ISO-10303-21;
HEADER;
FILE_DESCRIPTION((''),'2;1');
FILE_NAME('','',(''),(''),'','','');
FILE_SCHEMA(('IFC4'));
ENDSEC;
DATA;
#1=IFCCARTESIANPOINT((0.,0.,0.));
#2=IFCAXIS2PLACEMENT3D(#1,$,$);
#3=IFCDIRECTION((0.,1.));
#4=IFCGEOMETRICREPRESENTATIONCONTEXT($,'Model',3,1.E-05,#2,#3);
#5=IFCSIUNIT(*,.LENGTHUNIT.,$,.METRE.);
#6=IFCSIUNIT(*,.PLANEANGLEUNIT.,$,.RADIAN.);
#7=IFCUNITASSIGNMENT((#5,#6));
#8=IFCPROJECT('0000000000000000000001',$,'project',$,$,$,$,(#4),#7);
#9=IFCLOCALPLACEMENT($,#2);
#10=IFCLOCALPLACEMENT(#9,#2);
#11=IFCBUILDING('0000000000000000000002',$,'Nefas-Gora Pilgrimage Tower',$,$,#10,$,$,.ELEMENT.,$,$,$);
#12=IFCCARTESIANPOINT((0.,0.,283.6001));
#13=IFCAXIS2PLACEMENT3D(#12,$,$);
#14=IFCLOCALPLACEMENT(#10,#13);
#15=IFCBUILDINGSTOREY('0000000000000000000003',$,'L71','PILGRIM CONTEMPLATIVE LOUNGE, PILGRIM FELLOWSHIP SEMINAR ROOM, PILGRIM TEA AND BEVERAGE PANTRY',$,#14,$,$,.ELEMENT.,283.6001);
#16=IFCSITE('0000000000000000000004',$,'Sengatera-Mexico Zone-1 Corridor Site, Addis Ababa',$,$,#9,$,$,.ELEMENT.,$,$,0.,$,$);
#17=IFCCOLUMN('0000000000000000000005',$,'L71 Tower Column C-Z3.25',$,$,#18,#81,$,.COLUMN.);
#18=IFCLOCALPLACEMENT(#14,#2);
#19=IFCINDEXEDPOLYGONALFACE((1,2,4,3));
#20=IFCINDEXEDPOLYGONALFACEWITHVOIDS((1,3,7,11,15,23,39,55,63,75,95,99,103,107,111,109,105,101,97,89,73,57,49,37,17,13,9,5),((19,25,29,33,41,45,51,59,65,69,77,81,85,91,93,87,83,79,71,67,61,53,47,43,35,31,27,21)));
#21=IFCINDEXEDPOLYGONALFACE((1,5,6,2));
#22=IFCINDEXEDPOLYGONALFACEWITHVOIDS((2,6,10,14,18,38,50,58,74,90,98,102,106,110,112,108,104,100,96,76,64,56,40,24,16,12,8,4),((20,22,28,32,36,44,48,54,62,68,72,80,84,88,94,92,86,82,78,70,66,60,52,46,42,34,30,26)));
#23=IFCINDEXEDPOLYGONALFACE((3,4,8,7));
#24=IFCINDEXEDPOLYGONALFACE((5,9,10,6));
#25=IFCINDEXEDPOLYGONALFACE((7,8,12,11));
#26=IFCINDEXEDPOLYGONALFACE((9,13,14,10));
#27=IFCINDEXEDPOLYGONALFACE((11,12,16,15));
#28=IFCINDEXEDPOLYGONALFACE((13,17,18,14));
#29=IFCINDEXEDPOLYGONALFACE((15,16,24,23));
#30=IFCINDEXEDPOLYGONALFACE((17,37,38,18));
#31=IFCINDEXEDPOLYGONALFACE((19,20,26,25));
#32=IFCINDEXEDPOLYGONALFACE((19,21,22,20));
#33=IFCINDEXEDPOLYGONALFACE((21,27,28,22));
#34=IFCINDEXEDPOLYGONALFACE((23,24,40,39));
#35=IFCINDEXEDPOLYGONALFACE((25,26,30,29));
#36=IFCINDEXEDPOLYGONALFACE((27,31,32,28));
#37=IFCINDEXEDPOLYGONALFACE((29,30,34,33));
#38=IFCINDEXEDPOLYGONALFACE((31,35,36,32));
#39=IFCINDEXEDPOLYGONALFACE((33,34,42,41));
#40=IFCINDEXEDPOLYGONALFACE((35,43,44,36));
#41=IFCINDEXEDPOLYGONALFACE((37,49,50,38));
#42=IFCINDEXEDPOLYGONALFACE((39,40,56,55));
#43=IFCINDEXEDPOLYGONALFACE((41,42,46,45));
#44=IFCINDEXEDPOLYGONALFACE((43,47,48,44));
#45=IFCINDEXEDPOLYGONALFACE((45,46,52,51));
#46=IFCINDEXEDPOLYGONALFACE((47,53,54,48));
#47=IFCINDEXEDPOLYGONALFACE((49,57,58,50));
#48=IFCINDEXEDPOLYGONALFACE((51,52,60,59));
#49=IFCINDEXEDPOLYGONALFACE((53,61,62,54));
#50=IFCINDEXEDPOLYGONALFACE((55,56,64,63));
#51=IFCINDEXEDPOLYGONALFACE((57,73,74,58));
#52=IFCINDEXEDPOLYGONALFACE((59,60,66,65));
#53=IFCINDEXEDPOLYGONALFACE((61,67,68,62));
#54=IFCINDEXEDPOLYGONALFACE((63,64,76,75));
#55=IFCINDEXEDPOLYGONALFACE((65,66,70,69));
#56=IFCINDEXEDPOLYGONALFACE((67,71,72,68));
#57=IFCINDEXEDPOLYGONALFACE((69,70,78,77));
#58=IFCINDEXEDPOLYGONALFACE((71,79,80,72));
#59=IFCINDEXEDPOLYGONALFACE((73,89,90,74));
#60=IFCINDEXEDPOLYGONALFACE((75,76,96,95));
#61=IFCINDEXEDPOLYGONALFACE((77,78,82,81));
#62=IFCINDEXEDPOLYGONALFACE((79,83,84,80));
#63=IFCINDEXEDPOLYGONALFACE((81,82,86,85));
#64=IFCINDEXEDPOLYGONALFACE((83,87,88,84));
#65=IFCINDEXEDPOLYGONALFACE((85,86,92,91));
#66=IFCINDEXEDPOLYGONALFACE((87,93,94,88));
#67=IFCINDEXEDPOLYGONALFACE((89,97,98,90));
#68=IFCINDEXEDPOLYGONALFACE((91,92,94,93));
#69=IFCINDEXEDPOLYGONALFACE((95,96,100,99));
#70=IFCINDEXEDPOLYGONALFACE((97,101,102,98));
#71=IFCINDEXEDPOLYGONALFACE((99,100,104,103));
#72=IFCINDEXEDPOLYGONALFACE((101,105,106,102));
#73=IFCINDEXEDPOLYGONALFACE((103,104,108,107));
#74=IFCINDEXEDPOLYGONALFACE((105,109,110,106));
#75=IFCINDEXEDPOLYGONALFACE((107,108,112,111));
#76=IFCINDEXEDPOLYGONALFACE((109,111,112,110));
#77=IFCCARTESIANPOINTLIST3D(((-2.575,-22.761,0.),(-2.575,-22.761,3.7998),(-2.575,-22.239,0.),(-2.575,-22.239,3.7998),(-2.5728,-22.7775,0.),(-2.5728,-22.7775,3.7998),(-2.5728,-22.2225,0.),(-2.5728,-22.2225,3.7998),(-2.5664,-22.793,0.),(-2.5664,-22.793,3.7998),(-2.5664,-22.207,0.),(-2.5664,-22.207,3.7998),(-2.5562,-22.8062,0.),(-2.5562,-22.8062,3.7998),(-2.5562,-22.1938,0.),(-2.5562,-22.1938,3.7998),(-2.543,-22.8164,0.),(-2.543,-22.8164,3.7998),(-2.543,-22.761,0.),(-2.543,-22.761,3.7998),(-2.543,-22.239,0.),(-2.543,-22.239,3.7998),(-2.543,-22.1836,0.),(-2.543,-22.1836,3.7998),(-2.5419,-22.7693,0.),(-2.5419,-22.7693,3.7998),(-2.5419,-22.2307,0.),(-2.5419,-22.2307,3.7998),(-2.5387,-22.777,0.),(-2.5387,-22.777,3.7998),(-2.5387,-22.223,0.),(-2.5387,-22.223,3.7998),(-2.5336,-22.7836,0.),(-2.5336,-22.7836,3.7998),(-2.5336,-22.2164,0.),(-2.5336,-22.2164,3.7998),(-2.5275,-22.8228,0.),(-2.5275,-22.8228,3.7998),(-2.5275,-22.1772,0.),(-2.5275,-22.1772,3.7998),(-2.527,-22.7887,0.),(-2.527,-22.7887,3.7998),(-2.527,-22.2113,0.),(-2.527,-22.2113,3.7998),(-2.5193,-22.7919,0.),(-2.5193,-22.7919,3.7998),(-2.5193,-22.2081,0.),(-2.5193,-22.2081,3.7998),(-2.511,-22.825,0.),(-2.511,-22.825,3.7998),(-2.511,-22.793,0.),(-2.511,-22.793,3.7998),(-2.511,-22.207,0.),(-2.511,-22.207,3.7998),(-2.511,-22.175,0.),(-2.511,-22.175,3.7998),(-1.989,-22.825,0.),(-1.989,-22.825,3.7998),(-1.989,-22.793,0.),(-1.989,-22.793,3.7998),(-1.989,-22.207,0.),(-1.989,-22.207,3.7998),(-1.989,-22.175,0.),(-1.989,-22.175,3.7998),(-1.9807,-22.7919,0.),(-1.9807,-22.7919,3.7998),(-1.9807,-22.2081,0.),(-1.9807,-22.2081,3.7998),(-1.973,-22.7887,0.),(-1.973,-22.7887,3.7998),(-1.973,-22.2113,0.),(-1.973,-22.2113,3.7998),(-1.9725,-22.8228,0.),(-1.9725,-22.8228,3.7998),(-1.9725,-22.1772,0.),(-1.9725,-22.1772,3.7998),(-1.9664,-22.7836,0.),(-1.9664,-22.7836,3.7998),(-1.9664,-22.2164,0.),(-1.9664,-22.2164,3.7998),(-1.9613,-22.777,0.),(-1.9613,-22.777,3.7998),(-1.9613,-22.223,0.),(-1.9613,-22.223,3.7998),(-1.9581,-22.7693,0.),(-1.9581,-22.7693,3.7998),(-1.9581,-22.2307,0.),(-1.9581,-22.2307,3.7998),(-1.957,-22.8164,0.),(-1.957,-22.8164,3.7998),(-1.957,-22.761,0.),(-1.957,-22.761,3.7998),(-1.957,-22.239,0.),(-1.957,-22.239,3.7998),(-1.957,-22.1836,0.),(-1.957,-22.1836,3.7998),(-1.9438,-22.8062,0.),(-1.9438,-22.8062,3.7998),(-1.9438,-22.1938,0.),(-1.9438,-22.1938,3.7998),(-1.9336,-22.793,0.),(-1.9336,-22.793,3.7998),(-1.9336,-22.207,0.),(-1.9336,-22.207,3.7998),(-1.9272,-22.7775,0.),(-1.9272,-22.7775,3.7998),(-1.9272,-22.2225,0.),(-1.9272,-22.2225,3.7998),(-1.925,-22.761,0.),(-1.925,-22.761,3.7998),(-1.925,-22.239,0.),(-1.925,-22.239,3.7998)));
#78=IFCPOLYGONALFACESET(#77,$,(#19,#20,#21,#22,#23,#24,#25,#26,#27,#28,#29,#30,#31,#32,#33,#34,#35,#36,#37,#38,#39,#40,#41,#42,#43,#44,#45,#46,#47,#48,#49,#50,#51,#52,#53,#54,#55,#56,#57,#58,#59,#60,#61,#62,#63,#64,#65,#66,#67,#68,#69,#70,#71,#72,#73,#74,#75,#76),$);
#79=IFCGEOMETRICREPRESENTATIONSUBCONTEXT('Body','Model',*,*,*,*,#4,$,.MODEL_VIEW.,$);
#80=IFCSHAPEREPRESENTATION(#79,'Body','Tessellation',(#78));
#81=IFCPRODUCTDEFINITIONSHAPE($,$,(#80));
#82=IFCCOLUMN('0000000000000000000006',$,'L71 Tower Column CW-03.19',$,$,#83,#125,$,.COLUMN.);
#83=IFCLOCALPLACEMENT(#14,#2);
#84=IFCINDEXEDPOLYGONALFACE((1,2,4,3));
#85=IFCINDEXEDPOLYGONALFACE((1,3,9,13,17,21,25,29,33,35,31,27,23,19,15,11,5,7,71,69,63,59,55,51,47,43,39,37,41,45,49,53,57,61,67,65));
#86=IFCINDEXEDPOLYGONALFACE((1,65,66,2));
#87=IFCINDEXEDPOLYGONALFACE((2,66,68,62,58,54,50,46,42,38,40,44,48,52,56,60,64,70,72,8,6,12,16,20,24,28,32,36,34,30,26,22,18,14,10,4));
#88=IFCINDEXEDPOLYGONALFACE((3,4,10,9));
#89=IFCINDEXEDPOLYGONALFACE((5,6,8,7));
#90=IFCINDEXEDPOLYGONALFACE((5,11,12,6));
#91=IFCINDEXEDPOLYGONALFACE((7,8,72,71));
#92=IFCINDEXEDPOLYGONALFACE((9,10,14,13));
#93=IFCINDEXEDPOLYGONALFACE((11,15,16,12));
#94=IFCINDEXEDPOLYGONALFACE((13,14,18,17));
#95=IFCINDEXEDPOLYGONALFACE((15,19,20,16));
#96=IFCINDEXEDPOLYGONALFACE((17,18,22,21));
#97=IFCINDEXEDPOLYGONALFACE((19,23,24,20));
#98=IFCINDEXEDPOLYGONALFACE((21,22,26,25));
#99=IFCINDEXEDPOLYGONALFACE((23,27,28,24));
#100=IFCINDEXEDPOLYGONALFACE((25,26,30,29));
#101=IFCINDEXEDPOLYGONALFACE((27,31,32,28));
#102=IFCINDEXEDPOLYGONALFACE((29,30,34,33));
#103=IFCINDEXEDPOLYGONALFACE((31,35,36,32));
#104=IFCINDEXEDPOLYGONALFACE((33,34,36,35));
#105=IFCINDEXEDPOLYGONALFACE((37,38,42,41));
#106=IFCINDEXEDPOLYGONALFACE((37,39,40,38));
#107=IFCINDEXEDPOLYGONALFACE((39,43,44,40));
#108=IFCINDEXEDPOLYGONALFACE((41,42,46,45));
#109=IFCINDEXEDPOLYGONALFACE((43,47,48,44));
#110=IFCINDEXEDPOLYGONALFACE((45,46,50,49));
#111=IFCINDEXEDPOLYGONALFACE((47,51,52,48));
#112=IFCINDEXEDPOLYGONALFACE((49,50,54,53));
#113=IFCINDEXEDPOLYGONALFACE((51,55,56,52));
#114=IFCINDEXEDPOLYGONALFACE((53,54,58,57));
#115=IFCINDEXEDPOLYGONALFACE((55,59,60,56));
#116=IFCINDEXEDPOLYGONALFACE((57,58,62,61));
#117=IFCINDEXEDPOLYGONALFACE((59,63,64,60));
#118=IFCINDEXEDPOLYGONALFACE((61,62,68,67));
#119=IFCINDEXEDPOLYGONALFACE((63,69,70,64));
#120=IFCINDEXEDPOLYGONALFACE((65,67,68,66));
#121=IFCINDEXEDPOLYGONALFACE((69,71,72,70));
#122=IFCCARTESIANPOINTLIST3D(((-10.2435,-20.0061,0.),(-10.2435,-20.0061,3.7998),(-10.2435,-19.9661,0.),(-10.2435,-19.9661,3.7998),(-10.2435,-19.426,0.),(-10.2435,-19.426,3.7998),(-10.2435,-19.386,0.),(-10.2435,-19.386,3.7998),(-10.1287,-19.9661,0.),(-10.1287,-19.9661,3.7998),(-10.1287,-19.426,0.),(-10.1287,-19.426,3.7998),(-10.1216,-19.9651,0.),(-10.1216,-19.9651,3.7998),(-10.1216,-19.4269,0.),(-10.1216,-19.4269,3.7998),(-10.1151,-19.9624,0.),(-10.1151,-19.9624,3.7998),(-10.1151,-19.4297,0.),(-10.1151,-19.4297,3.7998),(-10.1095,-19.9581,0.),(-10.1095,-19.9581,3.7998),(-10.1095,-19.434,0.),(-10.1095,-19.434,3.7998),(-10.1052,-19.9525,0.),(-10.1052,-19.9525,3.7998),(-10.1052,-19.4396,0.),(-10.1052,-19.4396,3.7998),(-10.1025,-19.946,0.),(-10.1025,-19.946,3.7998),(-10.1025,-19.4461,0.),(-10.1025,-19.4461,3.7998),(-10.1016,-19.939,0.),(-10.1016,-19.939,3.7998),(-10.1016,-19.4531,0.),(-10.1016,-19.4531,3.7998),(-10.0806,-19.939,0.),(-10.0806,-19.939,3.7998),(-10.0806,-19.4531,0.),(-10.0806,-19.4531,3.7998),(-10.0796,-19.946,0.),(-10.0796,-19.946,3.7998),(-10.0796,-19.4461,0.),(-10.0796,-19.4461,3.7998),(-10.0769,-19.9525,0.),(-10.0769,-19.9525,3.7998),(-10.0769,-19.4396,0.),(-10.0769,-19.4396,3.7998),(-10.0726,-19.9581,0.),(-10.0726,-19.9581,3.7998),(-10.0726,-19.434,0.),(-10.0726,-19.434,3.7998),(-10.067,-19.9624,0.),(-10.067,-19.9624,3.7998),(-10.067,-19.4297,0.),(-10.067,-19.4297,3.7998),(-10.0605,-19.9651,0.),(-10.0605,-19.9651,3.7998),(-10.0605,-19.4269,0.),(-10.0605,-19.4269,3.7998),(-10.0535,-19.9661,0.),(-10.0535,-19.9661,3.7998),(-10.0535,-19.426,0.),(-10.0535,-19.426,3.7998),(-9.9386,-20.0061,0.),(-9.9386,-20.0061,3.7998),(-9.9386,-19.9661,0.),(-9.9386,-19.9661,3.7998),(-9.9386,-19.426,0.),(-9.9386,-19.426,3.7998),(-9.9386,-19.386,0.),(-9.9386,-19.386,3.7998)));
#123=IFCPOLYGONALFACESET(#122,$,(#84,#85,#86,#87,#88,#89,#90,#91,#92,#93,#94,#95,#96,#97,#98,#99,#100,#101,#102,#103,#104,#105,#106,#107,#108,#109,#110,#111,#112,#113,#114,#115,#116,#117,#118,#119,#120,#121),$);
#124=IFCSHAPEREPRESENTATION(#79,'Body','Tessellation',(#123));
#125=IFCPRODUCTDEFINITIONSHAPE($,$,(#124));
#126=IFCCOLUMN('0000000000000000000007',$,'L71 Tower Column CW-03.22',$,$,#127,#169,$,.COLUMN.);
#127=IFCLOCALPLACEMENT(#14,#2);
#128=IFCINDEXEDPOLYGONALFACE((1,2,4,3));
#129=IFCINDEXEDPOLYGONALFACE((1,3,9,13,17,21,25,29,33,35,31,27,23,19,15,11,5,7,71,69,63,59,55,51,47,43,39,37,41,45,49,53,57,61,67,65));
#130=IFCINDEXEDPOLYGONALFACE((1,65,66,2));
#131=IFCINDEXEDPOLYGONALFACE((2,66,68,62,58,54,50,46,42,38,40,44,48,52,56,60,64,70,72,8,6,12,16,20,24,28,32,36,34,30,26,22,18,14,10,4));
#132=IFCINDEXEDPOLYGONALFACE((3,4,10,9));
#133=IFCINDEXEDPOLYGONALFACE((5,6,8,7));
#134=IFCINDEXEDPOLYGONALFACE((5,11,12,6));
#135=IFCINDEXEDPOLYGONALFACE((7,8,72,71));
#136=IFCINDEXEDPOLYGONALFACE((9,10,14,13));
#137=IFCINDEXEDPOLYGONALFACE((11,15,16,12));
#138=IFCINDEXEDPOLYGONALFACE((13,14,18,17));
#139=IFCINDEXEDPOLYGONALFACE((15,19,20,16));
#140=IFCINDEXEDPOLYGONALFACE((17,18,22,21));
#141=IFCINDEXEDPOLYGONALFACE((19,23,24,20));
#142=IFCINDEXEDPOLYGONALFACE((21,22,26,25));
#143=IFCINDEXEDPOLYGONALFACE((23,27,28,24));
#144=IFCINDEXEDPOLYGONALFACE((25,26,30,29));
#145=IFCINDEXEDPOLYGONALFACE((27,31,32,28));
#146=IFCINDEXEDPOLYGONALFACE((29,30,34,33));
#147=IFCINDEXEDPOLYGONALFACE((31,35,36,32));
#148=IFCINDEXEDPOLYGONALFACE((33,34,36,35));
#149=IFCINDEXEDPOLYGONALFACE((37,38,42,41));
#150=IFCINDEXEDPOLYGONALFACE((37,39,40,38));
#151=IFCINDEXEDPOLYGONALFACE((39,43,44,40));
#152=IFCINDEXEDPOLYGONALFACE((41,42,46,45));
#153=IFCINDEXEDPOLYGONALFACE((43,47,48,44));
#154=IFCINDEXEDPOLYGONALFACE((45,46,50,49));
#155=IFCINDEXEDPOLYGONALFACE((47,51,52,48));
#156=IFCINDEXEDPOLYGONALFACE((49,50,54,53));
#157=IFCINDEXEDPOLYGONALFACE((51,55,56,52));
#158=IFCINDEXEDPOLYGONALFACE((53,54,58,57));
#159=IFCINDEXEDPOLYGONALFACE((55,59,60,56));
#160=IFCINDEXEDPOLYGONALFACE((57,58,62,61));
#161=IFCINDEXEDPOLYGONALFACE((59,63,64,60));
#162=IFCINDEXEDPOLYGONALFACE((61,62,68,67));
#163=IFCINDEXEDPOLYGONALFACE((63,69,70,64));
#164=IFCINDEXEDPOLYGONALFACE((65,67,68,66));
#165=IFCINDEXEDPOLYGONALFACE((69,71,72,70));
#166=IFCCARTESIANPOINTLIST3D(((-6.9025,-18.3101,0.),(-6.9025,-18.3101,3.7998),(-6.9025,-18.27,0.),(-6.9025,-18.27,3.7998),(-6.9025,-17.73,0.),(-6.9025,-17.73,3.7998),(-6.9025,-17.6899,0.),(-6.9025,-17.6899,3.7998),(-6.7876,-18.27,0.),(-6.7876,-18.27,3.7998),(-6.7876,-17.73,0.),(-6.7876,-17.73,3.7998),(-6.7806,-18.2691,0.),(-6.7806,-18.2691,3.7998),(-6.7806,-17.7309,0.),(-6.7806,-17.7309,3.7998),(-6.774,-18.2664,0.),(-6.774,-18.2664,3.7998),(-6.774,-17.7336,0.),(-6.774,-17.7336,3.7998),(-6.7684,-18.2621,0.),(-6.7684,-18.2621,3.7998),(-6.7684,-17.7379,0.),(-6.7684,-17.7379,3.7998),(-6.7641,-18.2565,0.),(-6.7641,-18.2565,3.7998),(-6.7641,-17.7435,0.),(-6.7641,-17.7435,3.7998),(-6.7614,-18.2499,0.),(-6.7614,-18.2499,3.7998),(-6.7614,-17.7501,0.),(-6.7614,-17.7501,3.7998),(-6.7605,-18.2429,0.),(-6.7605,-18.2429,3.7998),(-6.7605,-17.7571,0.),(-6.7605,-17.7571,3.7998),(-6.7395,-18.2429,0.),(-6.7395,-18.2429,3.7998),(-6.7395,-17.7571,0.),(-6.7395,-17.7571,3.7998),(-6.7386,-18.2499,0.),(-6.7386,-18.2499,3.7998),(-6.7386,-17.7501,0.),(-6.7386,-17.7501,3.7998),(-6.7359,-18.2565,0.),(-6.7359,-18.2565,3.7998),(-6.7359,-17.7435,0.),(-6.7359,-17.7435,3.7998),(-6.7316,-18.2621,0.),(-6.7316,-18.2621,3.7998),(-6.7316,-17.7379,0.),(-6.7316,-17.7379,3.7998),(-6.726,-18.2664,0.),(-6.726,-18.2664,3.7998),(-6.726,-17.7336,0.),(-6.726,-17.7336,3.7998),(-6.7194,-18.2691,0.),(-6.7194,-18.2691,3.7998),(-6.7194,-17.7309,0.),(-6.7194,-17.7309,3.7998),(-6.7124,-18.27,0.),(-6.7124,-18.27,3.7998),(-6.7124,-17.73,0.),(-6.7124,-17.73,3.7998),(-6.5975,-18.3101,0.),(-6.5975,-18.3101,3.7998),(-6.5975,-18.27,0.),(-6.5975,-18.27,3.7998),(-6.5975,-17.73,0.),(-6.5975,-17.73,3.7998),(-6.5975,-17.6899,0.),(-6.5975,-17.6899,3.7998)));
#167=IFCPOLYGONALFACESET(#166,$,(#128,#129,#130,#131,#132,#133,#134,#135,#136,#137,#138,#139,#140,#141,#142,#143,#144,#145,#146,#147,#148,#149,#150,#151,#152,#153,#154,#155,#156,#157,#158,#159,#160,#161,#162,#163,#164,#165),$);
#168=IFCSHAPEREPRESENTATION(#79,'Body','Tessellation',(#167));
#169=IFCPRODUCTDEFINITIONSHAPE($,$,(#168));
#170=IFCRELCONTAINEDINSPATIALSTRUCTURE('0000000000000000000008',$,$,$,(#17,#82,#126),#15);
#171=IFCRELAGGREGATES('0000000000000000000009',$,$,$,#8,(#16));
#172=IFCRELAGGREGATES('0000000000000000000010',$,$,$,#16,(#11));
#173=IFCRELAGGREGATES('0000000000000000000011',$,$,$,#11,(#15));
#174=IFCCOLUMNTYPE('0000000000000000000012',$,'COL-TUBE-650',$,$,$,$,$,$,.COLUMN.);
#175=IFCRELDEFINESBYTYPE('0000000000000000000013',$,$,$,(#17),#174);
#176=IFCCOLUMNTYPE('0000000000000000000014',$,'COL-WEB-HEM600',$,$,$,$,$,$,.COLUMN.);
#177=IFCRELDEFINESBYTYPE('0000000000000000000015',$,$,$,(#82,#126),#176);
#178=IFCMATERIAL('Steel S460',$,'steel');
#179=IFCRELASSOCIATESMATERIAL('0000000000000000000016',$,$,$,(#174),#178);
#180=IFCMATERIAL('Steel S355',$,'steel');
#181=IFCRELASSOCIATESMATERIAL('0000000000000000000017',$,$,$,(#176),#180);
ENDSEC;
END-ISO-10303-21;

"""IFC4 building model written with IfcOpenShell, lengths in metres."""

from ifc_helpers import new_model, si_unit, direction, frame, origin, origin_2d, place, context, subcontext, project, spatial, hollow_rectangle, i_section, extrude, source, transform, mapped, material, material_profile, profile_set, type_object, element, save


model = new_model("IFC4")

# Units and contexts
model_context = context("Model", 3, precision=1e-05, world=origin(), true_north=direction((0.0, 1.0)))
body_context = subcontext(model_context, "Body", "Model", "MODEL_VIEW")
ifc_project = project(units=[si_unit("LENGTHUNIT", "METRE"), si_unit("PLANEANGLEUNIT", "RADIAN")], contexts=[model_context])

# Site, building, storey
site_placement = place(None, origin())
site = spatial("IfcSite", under=ifc_project, at=site_placement, Name="Sengatera-Mexico Zone-1 Corridor Site, Addis Ababa", CompositionType="ELEMENT", RefElevation=0.0)
building_placement = place(site_placement, origin())
building = spatial("IfcBuilding", under=site, at=building_placement, Name="Nefas-Gora Pilgrimage Tower", CompositionType="ELEMENT")
storey_placement = place(building_placement, frame((0.0, 0.0, 283.6001)))
storey = spatial("IfcBuildingStorey", under=building, at=storey_placement, Name="L71", Description="PILGRIM CONTEMPLATIVE LOUNGE, PILGRIM FELLOWSHIP SEMINAR ROOM, PILGRIM TEA AND BEVERAGE PANTRY", CompositionType="ELEMENT", Elevation=283.6001)

# Columns
ifc_material_1 = material(Name="Steel S460", Category="steel")
ifc_material_profile_1 = material_profile(ifc_material_1, hollow_rectangle(XDim=0.6499, YDim=0.6499, WallThickness=0.032, InnerFilletRadius=0.032, OuterFilletRadius=0.064, at=origin_2d()), Name="BOX 650x650x32")
ifc_profile_set_1 = profile_set([ifc_material_profile_1], Name="Steel S460")
column_type_1 = type_object("IfcColumnType", Name="COL-TUBE-650", PredefinedType="COLUMN", material=ifc_profile_set_1)
shared_shape_1 = source(origin(), body_context, "Body", "SweptSolid", [
    extrude(hollow_rectangle(XDim=0.6499, YDim=0.6499, WallThickness=0.032, InnerFilletRadius=0.032, OuterFilletRadius=0.064, at=origin_2d()), origin(), (0.0, 0.0, 1.0), 3.7998),
])
for number, where, z_axis, x_axis, name in (
    (1, (-2.25, -22.5, 0.0), (0.0, 0.0, 1.0), (1.0, 0.0, 0.0), "L71 Tower Column C-Z3.25"),
):
    element("IfcColumn", number, at=place(storey_placement, frame(where, z_axis=z_axis, x_axis=x_axis)), inside=storey, type_object=column_type_1, Name=name, PredefinedType="COLUMN", context=body_context, shape_type="MappedRepresentation", body=[
        mapped(shared_shape_1, transform((0.0, 0.0, 0.0), x_axis=(1.0, 0.0, 0.0), y_axis=(0.0, 1.0, 0.0), z_axis=(0.0, 0.0, 1.0), scale=1.0)),
    ])
ifc_material_2 = material(Name="Steel S355", Category="steel")
ifc_material_profile_2 = material_profile(ifc_material_2, i_section(OverallWidth=0.3049, OverallDepth=0.6201, WebThickness=0.021, FlangeThickness=0.04, FilletRadius=0.0271, at=origin_2d()), Name="HEM 600")
ifc_profile_set_2 = profile_set([ifc_material_profile_2], Name="Steel S355")
column_type_2 = type_object("IfcColumnType", Name="COL-WEB-HEM600", PredefinedType="COLUMN", material=ifc_profile_set_2)
shared_shape_2 = source(origin(), body_context, "Body", "SweptSolid", [
    extrude(i_section(OverallWidth=0.3049, OverallDepth=0.6201, WebThickness=0.021, FlangeThickness=0.04, FilletRadius=0.0271, at=origin_2d()), origin(), (0.0, 0.0, 1.0), 3.7998),
])
for number, where, z_axis, x_axis, name in (
    (2, (-10.0911, -19.696, 0.0), (0.0, 0.0, 1.0), (1.0, 0.0, 0.0), "L71 Tower Column CW-03.19"),
    (3, (-6.75, -18.0, 0.0), (0.0, 0.0, 1.0), (1.0, 0.0, 0.0), "L71 Tower Column CW-03.22"),
):
    element("IfcColumn", number, at=place(storey_placement, frame(where, z_axis=z_axis, x_axis=x_axis)), inside=storey, type_object=column_type_2, Name=name, PredefinedType="COLUMN", context=body_context, shape_type="MappedRepresentation", body=[
        mapped(shared_shape_2, transform((0.0, 0.0, 0.0), x_axis=(1.0, 0.0, 0.0), y_axis=(0.0, 1.0, 0.0), z_axis=(0.0, 0.0, 1.0), scale=1.0)),
    ])

save(model, "model.ifc")
